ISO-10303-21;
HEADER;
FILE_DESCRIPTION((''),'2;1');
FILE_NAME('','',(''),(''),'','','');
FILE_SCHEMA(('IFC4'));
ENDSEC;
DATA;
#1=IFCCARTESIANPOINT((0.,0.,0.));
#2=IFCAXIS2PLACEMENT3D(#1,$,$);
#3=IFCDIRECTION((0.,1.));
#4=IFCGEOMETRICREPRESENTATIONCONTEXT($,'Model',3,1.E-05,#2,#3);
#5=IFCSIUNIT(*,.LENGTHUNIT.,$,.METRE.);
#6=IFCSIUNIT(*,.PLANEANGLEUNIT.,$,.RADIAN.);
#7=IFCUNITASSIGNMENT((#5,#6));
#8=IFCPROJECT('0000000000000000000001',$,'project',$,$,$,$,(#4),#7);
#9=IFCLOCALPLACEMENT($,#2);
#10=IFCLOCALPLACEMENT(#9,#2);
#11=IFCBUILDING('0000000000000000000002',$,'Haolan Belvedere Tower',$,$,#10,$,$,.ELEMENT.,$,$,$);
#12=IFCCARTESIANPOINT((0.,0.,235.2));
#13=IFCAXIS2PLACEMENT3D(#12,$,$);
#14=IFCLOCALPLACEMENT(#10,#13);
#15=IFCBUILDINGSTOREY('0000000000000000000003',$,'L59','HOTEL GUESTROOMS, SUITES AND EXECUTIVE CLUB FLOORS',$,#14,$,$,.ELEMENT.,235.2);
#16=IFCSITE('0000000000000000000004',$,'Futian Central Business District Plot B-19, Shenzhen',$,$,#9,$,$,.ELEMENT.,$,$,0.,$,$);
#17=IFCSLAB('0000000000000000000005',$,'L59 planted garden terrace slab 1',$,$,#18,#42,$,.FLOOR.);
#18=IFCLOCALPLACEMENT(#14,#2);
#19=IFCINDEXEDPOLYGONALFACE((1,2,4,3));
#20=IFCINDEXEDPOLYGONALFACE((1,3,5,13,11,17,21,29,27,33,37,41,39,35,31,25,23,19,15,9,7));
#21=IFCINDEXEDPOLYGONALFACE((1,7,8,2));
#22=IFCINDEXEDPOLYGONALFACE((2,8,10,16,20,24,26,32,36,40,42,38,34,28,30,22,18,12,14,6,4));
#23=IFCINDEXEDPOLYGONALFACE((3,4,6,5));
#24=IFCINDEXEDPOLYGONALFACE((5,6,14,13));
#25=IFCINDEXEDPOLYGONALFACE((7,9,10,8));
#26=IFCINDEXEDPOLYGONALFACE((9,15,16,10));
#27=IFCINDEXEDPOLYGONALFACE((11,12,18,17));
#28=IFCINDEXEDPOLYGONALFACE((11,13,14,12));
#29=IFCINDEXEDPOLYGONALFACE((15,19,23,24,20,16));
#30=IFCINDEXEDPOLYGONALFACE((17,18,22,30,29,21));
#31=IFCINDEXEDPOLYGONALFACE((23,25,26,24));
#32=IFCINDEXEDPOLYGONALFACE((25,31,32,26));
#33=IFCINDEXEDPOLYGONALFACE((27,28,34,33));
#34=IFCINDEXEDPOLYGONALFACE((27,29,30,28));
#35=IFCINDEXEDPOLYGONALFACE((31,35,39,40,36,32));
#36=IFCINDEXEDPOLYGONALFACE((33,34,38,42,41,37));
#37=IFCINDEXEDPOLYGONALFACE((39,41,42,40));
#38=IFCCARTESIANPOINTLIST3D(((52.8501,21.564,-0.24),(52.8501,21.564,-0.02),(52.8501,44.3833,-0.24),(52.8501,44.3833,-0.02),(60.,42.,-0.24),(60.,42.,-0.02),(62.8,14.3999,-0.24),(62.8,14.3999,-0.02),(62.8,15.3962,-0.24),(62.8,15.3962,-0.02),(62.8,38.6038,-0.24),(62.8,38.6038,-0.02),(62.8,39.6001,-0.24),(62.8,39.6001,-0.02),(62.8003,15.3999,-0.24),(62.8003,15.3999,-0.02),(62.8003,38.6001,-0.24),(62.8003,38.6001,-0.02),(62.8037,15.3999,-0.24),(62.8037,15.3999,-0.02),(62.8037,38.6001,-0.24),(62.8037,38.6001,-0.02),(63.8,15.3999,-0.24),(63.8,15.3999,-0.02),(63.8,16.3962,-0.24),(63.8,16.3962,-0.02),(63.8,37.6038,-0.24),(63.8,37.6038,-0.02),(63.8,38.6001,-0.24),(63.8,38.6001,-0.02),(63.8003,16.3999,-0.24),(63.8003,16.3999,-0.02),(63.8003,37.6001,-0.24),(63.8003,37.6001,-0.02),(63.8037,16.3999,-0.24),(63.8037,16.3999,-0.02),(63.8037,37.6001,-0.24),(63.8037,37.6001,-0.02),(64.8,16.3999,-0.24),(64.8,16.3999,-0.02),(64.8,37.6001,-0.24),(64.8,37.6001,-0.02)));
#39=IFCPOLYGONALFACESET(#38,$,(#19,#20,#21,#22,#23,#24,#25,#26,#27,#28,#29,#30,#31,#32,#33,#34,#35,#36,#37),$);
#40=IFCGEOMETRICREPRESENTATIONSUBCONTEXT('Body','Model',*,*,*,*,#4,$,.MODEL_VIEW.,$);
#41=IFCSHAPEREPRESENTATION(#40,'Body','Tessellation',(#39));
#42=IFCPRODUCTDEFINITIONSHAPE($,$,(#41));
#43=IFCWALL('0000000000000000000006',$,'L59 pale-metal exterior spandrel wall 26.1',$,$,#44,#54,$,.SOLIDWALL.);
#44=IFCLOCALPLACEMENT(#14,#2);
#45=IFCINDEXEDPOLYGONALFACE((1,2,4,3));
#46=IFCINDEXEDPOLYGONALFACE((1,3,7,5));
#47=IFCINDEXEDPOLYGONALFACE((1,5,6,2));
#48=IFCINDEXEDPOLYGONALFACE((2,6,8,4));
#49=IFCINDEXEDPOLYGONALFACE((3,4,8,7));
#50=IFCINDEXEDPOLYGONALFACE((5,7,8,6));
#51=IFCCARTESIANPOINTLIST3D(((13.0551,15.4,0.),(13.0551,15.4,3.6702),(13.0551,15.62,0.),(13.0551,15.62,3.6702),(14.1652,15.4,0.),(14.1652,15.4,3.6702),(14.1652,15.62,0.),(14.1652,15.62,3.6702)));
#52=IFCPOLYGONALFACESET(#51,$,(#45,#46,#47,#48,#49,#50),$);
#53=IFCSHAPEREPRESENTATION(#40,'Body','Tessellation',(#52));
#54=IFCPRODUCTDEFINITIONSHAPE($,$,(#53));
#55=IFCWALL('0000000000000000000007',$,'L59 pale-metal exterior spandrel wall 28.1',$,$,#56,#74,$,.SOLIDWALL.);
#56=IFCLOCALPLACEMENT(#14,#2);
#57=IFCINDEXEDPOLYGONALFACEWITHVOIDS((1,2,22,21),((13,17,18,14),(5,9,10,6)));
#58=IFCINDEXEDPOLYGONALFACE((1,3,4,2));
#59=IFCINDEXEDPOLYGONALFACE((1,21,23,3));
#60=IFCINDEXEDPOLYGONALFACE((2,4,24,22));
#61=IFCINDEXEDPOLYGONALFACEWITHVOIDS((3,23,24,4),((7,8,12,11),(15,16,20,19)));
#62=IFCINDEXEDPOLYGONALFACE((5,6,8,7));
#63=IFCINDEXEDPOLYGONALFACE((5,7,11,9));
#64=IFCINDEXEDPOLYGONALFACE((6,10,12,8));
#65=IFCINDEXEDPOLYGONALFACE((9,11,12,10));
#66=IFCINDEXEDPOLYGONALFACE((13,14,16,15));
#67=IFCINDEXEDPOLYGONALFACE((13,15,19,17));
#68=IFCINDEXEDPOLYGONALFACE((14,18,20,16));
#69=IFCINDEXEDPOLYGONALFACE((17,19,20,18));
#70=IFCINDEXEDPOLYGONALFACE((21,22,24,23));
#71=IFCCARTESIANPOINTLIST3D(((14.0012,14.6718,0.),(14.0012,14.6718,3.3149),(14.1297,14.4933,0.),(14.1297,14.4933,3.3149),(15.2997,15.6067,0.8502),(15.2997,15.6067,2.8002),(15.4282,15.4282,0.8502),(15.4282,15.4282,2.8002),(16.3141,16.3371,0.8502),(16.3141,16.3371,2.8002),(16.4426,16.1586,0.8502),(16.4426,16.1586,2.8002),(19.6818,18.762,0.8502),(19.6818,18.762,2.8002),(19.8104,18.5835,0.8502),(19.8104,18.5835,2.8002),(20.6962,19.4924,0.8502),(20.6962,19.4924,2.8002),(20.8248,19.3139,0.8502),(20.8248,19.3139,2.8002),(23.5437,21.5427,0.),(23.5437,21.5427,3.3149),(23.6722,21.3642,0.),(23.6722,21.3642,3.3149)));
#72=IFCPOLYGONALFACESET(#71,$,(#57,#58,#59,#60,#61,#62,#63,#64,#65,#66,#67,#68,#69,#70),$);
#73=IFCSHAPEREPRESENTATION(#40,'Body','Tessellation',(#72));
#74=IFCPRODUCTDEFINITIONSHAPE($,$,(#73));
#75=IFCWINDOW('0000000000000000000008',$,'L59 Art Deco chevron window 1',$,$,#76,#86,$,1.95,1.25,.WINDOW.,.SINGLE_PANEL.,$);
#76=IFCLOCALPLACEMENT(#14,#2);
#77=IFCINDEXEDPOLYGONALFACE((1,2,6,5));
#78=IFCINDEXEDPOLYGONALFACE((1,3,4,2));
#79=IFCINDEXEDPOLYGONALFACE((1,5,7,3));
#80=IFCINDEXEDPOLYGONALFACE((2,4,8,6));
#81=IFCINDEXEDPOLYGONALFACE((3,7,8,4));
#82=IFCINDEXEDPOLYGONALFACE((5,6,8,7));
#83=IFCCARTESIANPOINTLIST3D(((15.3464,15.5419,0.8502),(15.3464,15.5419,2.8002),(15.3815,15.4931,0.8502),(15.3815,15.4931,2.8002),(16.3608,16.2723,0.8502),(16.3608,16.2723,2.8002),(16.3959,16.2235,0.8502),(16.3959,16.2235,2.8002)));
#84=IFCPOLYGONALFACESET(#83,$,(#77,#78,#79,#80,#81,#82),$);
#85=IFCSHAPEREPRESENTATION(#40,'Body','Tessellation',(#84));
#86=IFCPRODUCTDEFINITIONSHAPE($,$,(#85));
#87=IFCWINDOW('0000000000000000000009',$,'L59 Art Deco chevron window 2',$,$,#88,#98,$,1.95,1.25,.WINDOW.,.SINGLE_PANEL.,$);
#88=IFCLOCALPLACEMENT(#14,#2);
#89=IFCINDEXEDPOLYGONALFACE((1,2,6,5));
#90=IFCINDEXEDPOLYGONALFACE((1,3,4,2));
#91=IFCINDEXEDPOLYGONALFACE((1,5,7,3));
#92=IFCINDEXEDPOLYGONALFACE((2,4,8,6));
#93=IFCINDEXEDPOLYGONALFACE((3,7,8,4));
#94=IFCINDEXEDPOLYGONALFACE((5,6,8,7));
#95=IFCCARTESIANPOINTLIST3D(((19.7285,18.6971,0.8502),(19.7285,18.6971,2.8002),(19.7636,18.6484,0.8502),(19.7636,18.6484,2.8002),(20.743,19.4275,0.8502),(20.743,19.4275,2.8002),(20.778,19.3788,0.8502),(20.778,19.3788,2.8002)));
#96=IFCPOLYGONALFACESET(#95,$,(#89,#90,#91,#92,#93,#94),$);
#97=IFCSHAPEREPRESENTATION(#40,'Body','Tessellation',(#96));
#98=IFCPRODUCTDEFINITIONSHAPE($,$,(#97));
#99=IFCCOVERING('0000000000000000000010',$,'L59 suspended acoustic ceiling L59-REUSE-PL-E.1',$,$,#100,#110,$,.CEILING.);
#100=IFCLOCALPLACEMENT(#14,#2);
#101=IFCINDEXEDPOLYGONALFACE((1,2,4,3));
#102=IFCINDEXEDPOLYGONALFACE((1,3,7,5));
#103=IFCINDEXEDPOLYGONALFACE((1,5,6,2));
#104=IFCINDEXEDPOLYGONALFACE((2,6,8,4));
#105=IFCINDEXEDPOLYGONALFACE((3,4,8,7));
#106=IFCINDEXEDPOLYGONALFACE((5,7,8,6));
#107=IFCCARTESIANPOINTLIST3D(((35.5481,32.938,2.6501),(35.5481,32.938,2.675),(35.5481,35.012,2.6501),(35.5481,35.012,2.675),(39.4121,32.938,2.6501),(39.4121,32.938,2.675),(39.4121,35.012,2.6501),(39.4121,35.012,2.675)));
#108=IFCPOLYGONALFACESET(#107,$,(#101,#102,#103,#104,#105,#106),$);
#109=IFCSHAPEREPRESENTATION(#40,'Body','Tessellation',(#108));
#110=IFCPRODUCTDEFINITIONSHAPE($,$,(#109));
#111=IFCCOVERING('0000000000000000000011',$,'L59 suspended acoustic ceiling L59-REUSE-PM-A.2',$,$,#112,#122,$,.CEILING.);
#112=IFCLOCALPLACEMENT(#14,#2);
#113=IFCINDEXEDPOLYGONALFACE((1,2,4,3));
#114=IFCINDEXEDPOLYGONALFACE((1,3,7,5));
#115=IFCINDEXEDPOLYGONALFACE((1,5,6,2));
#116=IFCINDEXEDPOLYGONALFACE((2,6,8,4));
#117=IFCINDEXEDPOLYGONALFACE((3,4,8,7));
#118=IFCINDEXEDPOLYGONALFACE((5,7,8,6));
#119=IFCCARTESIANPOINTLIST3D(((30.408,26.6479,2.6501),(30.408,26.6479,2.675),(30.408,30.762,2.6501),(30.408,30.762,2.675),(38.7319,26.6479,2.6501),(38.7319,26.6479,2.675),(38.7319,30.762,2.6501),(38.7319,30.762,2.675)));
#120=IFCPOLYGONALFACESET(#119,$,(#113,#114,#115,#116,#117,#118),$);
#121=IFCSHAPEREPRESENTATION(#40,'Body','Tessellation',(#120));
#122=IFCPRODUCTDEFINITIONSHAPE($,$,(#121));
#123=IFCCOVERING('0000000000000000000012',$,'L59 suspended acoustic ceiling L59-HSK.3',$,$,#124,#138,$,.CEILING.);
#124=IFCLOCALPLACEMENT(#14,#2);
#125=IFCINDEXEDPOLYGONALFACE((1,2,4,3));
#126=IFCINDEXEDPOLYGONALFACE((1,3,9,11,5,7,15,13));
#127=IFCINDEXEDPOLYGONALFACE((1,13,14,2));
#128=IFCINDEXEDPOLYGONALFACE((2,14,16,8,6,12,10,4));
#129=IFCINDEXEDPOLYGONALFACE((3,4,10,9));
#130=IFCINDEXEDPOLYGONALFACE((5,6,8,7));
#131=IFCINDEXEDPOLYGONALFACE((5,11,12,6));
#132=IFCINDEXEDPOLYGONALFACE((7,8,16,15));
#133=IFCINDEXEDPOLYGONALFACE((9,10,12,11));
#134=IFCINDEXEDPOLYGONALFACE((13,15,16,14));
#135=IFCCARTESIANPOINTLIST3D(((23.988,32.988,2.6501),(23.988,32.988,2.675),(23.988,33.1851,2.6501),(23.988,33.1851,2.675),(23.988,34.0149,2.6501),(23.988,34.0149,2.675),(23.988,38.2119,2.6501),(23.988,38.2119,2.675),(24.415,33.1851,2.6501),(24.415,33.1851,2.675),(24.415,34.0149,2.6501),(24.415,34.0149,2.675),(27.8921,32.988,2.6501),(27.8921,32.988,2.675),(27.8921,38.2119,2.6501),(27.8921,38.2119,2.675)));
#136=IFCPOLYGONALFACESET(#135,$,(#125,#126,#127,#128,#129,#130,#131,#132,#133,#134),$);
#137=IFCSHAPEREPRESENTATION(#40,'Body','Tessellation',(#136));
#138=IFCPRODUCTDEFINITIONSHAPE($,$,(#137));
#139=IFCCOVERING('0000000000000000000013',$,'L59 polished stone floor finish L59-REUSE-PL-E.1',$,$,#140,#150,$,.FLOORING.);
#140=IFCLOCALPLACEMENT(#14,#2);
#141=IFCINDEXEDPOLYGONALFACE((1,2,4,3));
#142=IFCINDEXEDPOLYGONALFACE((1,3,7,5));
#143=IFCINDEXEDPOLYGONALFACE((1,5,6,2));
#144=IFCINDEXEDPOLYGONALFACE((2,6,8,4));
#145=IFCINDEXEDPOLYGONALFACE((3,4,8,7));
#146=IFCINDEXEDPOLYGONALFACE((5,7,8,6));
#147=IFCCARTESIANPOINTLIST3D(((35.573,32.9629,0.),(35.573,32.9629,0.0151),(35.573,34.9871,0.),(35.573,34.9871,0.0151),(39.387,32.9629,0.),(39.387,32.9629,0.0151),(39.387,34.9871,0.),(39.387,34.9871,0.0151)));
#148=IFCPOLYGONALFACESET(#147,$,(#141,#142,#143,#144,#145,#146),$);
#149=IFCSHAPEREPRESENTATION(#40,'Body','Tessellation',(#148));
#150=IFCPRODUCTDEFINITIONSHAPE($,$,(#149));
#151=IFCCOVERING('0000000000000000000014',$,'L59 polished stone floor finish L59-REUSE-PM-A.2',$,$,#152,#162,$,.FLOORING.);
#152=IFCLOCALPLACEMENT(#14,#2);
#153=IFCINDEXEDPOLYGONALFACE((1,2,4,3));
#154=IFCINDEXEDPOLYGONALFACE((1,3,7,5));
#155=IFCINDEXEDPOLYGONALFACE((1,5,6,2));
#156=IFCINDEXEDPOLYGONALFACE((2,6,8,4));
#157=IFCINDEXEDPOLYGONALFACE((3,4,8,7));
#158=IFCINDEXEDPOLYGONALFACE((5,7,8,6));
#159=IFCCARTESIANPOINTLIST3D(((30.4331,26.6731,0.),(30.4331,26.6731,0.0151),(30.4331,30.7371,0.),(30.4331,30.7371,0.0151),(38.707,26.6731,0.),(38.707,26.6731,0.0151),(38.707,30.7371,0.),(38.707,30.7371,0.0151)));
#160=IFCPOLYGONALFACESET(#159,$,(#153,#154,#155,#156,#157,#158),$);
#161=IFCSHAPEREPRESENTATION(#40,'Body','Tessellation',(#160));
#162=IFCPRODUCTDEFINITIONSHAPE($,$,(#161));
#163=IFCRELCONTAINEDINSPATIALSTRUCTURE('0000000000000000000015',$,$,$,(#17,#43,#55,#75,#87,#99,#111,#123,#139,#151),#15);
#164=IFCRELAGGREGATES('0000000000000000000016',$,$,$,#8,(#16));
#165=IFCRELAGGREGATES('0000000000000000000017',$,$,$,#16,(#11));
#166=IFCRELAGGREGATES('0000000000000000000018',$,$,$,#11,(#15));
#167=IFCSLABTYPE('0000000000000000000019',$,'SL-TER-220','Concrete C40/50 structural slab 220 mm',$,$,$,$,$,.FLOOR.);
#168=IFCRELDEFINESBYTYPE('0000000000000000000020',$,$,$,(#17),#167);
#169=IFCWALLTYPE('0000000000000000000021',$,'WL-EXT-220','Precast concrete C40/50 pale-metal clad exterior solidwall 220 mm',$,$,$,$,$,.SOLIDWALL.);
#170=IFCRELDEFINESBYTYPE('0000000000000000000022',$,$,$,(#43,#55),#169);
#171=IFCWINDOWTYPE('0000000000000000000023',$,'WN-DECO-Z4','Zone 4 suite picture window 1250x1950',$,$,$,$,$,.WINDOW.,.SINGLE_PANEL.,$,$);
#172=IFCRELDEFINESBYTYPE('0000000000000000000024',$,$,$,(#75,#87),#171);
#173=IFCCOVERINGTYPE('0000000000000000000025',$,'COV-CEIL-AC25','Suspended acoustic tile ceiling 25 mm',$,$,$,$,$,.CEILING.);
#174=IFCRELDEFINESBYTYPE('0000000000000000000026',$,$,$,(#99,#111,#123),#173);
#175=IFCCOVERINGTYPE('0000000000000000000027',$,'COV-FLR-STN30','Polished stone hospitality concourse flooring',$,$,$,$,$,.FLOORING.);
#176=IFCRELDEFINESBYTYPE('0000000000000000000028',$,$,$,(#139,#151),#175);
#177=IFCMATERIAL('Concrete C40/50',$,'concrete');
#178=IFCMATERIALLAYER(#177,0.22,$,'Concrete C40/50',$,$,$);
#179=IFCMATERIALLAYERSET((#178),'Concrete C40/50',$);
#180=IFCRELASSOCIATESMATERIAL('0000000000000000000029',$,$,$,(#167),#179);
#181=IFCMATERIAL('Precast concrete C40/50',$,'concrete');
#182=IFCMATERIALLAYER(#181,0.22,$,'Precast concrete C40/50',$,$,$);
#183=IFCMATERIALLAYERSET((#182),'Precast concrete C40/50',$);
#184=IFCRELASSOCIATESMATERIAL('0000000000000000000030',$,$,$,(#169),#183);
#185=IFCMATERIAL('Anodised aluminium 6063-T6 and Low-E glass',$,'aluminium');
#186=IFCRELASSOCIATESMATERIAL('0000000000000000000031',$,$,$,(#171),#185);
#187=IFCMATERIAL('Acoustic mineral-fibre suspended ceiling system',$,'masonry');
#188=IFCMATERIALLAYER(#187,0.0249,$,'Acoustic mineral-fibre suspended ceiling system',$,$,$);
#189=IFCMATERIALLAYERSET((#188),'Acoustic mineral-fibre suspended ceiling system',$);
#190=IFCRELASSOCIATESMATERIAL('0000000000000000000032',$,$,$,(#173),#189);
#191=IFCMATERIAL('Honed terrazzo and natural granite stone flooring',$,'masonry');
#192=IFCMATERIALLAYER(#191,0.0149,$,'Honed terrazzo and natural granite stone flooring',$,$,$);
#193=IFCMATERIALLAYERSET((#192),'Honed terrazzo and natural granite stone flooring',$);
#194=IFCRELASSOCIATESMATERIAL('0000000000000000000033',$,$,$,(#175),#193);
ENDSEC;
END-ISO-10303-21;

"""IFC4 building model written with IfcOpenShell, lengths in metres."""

from ifc_helpers import new_model, si_unit, direction, frame, frame_2d, origin, place, context, subcontext, project, spatial, polyline, rectangle, outline, extrude, material, layer, layer_set, type_object, element, fill, save


model = new_model("IFC4")

# Units and contexts
model_context = context("Model", 3, precision=1e-05, world=origin(), true_north=direction((0.0, 1.0)))
body_context = subcontext(model_context, "Body", "Model", "MODEL_VIEW")
ifc_project = project(units=[si_unit("LENGTHUNIT", "METRE"), si_unit("PLANEANGLEUNIT", "RADIAN")], contexts=[model_context])

# Site, building, storey
site_placement = place(None, origin())
site = spatial("IfcSite", under=ifc_project, at=site_placement, Name="Futian Central Business District Plot B-19, Shenzhen", CompositionType="ELEMENT", RefElevation=0.0)
building_placement = place(site_placement, origin())
building = spatial("IfcBuilding", under=site, at=building_placement, Name="Haolan Belvedere Tower", CompositionType="ELEMENT")
storey_placement = place(building_placement, frame((0.0, 0.0, 235.2)))
storey = spatial("IfcBuildingStorey", under=building, at=storey_placement, Name="L59", Description="HOTEL GUESTROOMS, SUITES AND EXECUTIVE CLUB FLOORS", CompositionType="ELEMENT", Elevation=235.2)

# Shared definitions
ifc_material_1 = material(Name="Concrete C40/50", Category="concrete")

# Slab
ifc_layer_1 = layer(ifc_material_1, 0.22, Name="Concrete C40/50")
ifc_layer_set_1 = layer_set([ifc_layer_1], Name="Concrete C40/50")
slab_type_1 = type_object("IfcSlabType", Name="SL-TER-220", Description="Concrete C40/50 structural slab 220 mm", PredefinedType="FLOOR", material=ifc_layer_set_1)
slab_1_placement = place(storey_placement, frame((0.0, 0.0, -0.24)))
element("IfcSlab", 1, at=slab_1_placement, inside=storey, type_object=slab_type_1, Name="L59 planted garden terrace slab 1", PredefinedType="FLOOR", context=body_context, shape_type="SweptSolid", body=[
    extrude(outline(polyline([(62.8, 14.3999), (62.8, 15.3962), (62.8003, 15.3999), (62.8037, 15.3999), (63.8, 15.3999), (63.8, 16.3962), (63.8003, 16.3999), (63.8037, 16.3999), (64.8, 16.3999), (64.8, 37.6001), (63.8037, 37.6001), (63.8003, 37.6001), (63.8, 37.6038), (63.8, 38.6001), (62.8037, 38.6001), (62.8003, 38.6001), (62.8, 38.6038), (62.8, 39.6001), (60.0, 42.0), (52.8501, 44.3833), (52.8501, 21.564), (62.8, 14.3999)])), origin(), (0.0, 0.0, 1.0), 0.22),
])

# Wall
ifc_material_2 = material(Name="Precast concrete C40/50", Category="concrete")
ifc_layer_2 = layer(ifc_material_2, 0.22, Name="Precast concrete C40/50")
ifc_layer_set_2 = layer_set([ifc_layer_2], Name="Precast concrete C40/50")
wall_type = type_object("IfcWallType", Name="WL-EXT-220", Description="Precast concrete C40/50 pale-metal clad exterior solidwall 220 mm", PredefinedType="SOLIDWALL", material=ifc_layer_set_2)
wall_1_placement = place(storey_placement, frame((13.0549, 15.51, 0.0), z_axis=(0.0, 0.0, 1.0), x_axis=(1.0, 0.0, 0.0)))
element("IfcWall", 2, at=wall_1_placement, inside=storey, type_object=wall_type, Name="L59 pale-metal exterior spandrel wall 26.1", PredefinedType="SOLIDWALL", context=body_context, shape_type="SweptSolid", body=[
    extrude(rectangle(XDim=1.1101, YDim=0.22, at=frame_2d((0.5552, 0.0))), origin(), (0.0, 0.0, 1.0), 3.6702),
])

# Wall, openings, windows
wall_2_placement = place(storey_placement, frame((14.0654, 14.5825, 0.0), z_axis=(0.0, 0.0, 1.0), x_axis=(0.811524, 0.584319, 0.0)))
wall_2 = element("IfcWall", 3, at=wall_2_placement, inside=storey, type_object=wall_type, Name="L59 pale-metal exterior spandrel wall 28.1", PredefinedType="SOLIDWALL", context=body_context, shape_type="SweptSolid", body=[
    extrude(rectangle(XDim=11.7588, YDim=0.22, at=frame_2d((5.8794, 0.0))), origin(), (0.0, 0.0, 1.0), 3.3149),
])
opening_1_placement = place(wall_2_placement, frame((1.6001, 0.0, 0.8501)))
opening_1 = element("IfcOpeningElement", 4, at=opening_1_placement, cuts=wall_2, PredefinedType="OPENING", context=body_context, shape_type="SweptSolid", body=[
    extrude(rectangle(XDim=1.25, YDim=1.95, at=frame_2d((0.625, 0.9751))), frame((0.0, 0.1199, 0.0), z_axis=(0.0, -1.0, 0.0), x_axis=(1.0, 0.0, 0.0)), (0.0, 0.0, 1.0), 0.24),
])
opening_2_placement = place(wall_2_placement, frame((7.0, 0.0, 0.8501)))
opening_2 = element("IfcOpeningElement", 5, at=opening_2_placement, cuts=wall_2, PredefinedType="OPENING", context=body_context, shape_type="SweptSolid", body=[
    extrude(rectangle(XDim=1.25, YDim=1.95, at=frame_2d((0.625, 0.9751))), frame((0.0, 0.1199, 0.0), z_axis=(0.0, -1.0, 0.0), x_axis=(1.0, 0.0, 0.0)), (0.0, 0.0, 1.0), 0.24),
])
ifc_material_3 = material(Name="Anodised aluminium 6063-T6 and Low-E glass", Category="aluminium")
window_type = type_object("IfcWindowType", Name="WN-DECO-Z4", Description="Zone 4 suite picture window 1250x1950", PartitioningType="SINGLE_PANEL", PredefinedType="WINDOW", material=ifc_material_3)
window_1_placement = place(opening_1_placement, origin())
window_1 = element("IfcWindow", 6, at=window_1_placement, inside=storey, type_object=window_type, Name="L59 Art Deco chevron window 1", OverallHeight=1.95, OverallWidth=1.25, PartitioningType="SINGLE_PANEL", PredefinedType="WINDOW", context=body_context, shape_type="SweptSolid", body=[
    extrude(rectangle(XDim=1.25, YDim=1.95, at=frame_2d((0.625, 0.9751))), frame((0.0, 0.03, 0.0), z_axis=(0.0, -1.0, 0.0), x_axis=(1.0, 0.0, 0.0)), (0.0, 0.0, 1.0), 0.0601),
])
fill(opening_1, window_1)
window_2_placement = place(opening_2_placement, origin())
window_2 = element("IfcWindow", 7, at=window_2_placement, inside=storey, type_object=window_type, Name="L59 Art Deco chevron window 2", OverallHeight=1.95, OverallWidth=1.25, PartitioningType="SINGLE_PANEL", PredefinedType="WINDOW", context=body_context, shape_type="SweptSolid", body=[
    extrude(rectangle(XDim=1.25, YDim=1.95, at=frame_2d((0.625, 0.9751))), frame((0.0, 0.03, 0.0), z_axis=(0.0, -1.0, 0.0), x_axis=(1.0, 0.0, 0.0)), (0.0, 0.0, 1.0), 0.0601),
])
fill(opening_2, window_2)

# Coverings
ifc_material_4 = material(Name="Acoustic mineral-fibre suspended ceiling system", Category="masonry")
ifc_layer_3 = layer(ifc_material_4, 0.0249, Name="Acoustic mineral-fibre suspended ceiling system")
ifc_layer_set_3 = layer_set([ifc_layer_3], Name="Acoustic mineral-fibre suspended ceiling system")
covering_type_1 = type_object("IfcCoveringType", Name="COV-CEIL-AC25", Description="Suspended acoustic tile ceiling 25 mm", PredefinedType="CEILING", material=ifc_layer_set_3)
covering_1_placement = place(storey_placement, frame((0.0, 0.0, 2.6501)))
element("IfcCovering", 8, at=covering_1_placement, inside=storey, type_object=covering_type_1, Name="L59 suspended acoustic ceiling L59-REUSE-PL-E.1", PredefinedType="CEILING", context=body_context, shape_type="SweptSolid", body=[
    extrude(outline(polyline([(35.5481, 32.938), (39.4121, 32.938), (39.4121, 35.012), (35.5481, 35.012), (35.5481, 32.938)])), origin(), (0.0, 0.0, 1.0), 0.0249),
])
covering_2_placement = place(storey_placement, frame((0.0, 0.0, 2.6501)))
element("IfcCovering", 9, at=covering_2_placement, inside=storey, type_object=covering_type_1, Name="L59 suspended acoustic ceiling L59-REUSE-PM-A.2", PredefinedType="CEILING", context=body_context, shape_type="SweptSolid", body=[
    extrude(outline(polyline([(30.408, 26.6479), (38.7319, 26.6479), (38.7319, 30.762), (30.408, 30.762), (30.408, 26.6479)])), origin(), (0.0, 0.0, 1.0), 0.0249),
])
covering_3_placement = place(storey_placement, frame((0.0, 0.0, 2.6501)))
element("IfcCovering", 10, at=covering_3_placement, inside=storey, type_object=covering_type_1, Name="L59 suspended acoustic ceiling L59-HSK.3", PredefinedType="CEILING", context=body_context, shape_type="SweptSolid", body=[
    extrude(outline(polyline([(27.8921, 32.988), (27.8921, 38.2119), (23.988, 38.2119), (23.988, 34.0149), (24.415, 34.0149), (24.415, 33.1851), (23.988, 33.1851), (23.988, 32.988), (27.8921, 32.988)])), origin(), (0.0, 0.0, 1.0), 0.0249),
])
ifc_material_5 = material(Name="Honed terrazzo and natural granite stone flooring", Category="masonry")
ifc_layer_4 = layer(ifc_material_5, 0.0149, Name="Honed terrazzo and natural granite stone flooring")
ifc_layer_set_4 = layer_set([ifc_layer_4], Name="Honed terrazzo and natural granite stone flooring")
covering_type_2 = type_object("IfcCoveringType", Name="COV-FLR-STN30", Description="Polished stone hospitality concourse flooring", PredefinedType="FLOORING", material=ifc_layer_set_4)
covering_4_placement = place(storey_placement, origin())
element("IfcCovering", 11, at=covering_4_placement, inside=storey, type_object=covering_type_2, Name="L59 polished stone floor finish L59-REUSE-PL-E.1", PredefinedType="FLOORING", context=body_context, shape_type="SweptSolid", body=[
    extrude(outline(polyline([(39.387, 32.9629), (39.387, 34.9871), (35.573, 34.9871), (35.573, 32.9629), (39.387, 32.9629)])), origin(), (0.0, 0.0, 1.0), 0.0151),
])
covering_5_placement = place(storey_placement, origin())
element("IfcCovering", 12, at=covering_5_placement, inside=storey, type_object=covering_type_2, Name="L59 polished stone floor finish L59-REUSE-PM-A.2", PredefinedType="FLOORING", context=body_context, shape_type="SweptSolid", body=[
    extrude(outline(polyline([(38.707, 26.6731), (38.707, 30.7371), (30.4331, 30.7371), (30.4331, 26.6731), (38.707, 26.6731)])), origin(), (0.0, 0.0, 1.0), 0.0151),
])

save(model, "model.ifc")
